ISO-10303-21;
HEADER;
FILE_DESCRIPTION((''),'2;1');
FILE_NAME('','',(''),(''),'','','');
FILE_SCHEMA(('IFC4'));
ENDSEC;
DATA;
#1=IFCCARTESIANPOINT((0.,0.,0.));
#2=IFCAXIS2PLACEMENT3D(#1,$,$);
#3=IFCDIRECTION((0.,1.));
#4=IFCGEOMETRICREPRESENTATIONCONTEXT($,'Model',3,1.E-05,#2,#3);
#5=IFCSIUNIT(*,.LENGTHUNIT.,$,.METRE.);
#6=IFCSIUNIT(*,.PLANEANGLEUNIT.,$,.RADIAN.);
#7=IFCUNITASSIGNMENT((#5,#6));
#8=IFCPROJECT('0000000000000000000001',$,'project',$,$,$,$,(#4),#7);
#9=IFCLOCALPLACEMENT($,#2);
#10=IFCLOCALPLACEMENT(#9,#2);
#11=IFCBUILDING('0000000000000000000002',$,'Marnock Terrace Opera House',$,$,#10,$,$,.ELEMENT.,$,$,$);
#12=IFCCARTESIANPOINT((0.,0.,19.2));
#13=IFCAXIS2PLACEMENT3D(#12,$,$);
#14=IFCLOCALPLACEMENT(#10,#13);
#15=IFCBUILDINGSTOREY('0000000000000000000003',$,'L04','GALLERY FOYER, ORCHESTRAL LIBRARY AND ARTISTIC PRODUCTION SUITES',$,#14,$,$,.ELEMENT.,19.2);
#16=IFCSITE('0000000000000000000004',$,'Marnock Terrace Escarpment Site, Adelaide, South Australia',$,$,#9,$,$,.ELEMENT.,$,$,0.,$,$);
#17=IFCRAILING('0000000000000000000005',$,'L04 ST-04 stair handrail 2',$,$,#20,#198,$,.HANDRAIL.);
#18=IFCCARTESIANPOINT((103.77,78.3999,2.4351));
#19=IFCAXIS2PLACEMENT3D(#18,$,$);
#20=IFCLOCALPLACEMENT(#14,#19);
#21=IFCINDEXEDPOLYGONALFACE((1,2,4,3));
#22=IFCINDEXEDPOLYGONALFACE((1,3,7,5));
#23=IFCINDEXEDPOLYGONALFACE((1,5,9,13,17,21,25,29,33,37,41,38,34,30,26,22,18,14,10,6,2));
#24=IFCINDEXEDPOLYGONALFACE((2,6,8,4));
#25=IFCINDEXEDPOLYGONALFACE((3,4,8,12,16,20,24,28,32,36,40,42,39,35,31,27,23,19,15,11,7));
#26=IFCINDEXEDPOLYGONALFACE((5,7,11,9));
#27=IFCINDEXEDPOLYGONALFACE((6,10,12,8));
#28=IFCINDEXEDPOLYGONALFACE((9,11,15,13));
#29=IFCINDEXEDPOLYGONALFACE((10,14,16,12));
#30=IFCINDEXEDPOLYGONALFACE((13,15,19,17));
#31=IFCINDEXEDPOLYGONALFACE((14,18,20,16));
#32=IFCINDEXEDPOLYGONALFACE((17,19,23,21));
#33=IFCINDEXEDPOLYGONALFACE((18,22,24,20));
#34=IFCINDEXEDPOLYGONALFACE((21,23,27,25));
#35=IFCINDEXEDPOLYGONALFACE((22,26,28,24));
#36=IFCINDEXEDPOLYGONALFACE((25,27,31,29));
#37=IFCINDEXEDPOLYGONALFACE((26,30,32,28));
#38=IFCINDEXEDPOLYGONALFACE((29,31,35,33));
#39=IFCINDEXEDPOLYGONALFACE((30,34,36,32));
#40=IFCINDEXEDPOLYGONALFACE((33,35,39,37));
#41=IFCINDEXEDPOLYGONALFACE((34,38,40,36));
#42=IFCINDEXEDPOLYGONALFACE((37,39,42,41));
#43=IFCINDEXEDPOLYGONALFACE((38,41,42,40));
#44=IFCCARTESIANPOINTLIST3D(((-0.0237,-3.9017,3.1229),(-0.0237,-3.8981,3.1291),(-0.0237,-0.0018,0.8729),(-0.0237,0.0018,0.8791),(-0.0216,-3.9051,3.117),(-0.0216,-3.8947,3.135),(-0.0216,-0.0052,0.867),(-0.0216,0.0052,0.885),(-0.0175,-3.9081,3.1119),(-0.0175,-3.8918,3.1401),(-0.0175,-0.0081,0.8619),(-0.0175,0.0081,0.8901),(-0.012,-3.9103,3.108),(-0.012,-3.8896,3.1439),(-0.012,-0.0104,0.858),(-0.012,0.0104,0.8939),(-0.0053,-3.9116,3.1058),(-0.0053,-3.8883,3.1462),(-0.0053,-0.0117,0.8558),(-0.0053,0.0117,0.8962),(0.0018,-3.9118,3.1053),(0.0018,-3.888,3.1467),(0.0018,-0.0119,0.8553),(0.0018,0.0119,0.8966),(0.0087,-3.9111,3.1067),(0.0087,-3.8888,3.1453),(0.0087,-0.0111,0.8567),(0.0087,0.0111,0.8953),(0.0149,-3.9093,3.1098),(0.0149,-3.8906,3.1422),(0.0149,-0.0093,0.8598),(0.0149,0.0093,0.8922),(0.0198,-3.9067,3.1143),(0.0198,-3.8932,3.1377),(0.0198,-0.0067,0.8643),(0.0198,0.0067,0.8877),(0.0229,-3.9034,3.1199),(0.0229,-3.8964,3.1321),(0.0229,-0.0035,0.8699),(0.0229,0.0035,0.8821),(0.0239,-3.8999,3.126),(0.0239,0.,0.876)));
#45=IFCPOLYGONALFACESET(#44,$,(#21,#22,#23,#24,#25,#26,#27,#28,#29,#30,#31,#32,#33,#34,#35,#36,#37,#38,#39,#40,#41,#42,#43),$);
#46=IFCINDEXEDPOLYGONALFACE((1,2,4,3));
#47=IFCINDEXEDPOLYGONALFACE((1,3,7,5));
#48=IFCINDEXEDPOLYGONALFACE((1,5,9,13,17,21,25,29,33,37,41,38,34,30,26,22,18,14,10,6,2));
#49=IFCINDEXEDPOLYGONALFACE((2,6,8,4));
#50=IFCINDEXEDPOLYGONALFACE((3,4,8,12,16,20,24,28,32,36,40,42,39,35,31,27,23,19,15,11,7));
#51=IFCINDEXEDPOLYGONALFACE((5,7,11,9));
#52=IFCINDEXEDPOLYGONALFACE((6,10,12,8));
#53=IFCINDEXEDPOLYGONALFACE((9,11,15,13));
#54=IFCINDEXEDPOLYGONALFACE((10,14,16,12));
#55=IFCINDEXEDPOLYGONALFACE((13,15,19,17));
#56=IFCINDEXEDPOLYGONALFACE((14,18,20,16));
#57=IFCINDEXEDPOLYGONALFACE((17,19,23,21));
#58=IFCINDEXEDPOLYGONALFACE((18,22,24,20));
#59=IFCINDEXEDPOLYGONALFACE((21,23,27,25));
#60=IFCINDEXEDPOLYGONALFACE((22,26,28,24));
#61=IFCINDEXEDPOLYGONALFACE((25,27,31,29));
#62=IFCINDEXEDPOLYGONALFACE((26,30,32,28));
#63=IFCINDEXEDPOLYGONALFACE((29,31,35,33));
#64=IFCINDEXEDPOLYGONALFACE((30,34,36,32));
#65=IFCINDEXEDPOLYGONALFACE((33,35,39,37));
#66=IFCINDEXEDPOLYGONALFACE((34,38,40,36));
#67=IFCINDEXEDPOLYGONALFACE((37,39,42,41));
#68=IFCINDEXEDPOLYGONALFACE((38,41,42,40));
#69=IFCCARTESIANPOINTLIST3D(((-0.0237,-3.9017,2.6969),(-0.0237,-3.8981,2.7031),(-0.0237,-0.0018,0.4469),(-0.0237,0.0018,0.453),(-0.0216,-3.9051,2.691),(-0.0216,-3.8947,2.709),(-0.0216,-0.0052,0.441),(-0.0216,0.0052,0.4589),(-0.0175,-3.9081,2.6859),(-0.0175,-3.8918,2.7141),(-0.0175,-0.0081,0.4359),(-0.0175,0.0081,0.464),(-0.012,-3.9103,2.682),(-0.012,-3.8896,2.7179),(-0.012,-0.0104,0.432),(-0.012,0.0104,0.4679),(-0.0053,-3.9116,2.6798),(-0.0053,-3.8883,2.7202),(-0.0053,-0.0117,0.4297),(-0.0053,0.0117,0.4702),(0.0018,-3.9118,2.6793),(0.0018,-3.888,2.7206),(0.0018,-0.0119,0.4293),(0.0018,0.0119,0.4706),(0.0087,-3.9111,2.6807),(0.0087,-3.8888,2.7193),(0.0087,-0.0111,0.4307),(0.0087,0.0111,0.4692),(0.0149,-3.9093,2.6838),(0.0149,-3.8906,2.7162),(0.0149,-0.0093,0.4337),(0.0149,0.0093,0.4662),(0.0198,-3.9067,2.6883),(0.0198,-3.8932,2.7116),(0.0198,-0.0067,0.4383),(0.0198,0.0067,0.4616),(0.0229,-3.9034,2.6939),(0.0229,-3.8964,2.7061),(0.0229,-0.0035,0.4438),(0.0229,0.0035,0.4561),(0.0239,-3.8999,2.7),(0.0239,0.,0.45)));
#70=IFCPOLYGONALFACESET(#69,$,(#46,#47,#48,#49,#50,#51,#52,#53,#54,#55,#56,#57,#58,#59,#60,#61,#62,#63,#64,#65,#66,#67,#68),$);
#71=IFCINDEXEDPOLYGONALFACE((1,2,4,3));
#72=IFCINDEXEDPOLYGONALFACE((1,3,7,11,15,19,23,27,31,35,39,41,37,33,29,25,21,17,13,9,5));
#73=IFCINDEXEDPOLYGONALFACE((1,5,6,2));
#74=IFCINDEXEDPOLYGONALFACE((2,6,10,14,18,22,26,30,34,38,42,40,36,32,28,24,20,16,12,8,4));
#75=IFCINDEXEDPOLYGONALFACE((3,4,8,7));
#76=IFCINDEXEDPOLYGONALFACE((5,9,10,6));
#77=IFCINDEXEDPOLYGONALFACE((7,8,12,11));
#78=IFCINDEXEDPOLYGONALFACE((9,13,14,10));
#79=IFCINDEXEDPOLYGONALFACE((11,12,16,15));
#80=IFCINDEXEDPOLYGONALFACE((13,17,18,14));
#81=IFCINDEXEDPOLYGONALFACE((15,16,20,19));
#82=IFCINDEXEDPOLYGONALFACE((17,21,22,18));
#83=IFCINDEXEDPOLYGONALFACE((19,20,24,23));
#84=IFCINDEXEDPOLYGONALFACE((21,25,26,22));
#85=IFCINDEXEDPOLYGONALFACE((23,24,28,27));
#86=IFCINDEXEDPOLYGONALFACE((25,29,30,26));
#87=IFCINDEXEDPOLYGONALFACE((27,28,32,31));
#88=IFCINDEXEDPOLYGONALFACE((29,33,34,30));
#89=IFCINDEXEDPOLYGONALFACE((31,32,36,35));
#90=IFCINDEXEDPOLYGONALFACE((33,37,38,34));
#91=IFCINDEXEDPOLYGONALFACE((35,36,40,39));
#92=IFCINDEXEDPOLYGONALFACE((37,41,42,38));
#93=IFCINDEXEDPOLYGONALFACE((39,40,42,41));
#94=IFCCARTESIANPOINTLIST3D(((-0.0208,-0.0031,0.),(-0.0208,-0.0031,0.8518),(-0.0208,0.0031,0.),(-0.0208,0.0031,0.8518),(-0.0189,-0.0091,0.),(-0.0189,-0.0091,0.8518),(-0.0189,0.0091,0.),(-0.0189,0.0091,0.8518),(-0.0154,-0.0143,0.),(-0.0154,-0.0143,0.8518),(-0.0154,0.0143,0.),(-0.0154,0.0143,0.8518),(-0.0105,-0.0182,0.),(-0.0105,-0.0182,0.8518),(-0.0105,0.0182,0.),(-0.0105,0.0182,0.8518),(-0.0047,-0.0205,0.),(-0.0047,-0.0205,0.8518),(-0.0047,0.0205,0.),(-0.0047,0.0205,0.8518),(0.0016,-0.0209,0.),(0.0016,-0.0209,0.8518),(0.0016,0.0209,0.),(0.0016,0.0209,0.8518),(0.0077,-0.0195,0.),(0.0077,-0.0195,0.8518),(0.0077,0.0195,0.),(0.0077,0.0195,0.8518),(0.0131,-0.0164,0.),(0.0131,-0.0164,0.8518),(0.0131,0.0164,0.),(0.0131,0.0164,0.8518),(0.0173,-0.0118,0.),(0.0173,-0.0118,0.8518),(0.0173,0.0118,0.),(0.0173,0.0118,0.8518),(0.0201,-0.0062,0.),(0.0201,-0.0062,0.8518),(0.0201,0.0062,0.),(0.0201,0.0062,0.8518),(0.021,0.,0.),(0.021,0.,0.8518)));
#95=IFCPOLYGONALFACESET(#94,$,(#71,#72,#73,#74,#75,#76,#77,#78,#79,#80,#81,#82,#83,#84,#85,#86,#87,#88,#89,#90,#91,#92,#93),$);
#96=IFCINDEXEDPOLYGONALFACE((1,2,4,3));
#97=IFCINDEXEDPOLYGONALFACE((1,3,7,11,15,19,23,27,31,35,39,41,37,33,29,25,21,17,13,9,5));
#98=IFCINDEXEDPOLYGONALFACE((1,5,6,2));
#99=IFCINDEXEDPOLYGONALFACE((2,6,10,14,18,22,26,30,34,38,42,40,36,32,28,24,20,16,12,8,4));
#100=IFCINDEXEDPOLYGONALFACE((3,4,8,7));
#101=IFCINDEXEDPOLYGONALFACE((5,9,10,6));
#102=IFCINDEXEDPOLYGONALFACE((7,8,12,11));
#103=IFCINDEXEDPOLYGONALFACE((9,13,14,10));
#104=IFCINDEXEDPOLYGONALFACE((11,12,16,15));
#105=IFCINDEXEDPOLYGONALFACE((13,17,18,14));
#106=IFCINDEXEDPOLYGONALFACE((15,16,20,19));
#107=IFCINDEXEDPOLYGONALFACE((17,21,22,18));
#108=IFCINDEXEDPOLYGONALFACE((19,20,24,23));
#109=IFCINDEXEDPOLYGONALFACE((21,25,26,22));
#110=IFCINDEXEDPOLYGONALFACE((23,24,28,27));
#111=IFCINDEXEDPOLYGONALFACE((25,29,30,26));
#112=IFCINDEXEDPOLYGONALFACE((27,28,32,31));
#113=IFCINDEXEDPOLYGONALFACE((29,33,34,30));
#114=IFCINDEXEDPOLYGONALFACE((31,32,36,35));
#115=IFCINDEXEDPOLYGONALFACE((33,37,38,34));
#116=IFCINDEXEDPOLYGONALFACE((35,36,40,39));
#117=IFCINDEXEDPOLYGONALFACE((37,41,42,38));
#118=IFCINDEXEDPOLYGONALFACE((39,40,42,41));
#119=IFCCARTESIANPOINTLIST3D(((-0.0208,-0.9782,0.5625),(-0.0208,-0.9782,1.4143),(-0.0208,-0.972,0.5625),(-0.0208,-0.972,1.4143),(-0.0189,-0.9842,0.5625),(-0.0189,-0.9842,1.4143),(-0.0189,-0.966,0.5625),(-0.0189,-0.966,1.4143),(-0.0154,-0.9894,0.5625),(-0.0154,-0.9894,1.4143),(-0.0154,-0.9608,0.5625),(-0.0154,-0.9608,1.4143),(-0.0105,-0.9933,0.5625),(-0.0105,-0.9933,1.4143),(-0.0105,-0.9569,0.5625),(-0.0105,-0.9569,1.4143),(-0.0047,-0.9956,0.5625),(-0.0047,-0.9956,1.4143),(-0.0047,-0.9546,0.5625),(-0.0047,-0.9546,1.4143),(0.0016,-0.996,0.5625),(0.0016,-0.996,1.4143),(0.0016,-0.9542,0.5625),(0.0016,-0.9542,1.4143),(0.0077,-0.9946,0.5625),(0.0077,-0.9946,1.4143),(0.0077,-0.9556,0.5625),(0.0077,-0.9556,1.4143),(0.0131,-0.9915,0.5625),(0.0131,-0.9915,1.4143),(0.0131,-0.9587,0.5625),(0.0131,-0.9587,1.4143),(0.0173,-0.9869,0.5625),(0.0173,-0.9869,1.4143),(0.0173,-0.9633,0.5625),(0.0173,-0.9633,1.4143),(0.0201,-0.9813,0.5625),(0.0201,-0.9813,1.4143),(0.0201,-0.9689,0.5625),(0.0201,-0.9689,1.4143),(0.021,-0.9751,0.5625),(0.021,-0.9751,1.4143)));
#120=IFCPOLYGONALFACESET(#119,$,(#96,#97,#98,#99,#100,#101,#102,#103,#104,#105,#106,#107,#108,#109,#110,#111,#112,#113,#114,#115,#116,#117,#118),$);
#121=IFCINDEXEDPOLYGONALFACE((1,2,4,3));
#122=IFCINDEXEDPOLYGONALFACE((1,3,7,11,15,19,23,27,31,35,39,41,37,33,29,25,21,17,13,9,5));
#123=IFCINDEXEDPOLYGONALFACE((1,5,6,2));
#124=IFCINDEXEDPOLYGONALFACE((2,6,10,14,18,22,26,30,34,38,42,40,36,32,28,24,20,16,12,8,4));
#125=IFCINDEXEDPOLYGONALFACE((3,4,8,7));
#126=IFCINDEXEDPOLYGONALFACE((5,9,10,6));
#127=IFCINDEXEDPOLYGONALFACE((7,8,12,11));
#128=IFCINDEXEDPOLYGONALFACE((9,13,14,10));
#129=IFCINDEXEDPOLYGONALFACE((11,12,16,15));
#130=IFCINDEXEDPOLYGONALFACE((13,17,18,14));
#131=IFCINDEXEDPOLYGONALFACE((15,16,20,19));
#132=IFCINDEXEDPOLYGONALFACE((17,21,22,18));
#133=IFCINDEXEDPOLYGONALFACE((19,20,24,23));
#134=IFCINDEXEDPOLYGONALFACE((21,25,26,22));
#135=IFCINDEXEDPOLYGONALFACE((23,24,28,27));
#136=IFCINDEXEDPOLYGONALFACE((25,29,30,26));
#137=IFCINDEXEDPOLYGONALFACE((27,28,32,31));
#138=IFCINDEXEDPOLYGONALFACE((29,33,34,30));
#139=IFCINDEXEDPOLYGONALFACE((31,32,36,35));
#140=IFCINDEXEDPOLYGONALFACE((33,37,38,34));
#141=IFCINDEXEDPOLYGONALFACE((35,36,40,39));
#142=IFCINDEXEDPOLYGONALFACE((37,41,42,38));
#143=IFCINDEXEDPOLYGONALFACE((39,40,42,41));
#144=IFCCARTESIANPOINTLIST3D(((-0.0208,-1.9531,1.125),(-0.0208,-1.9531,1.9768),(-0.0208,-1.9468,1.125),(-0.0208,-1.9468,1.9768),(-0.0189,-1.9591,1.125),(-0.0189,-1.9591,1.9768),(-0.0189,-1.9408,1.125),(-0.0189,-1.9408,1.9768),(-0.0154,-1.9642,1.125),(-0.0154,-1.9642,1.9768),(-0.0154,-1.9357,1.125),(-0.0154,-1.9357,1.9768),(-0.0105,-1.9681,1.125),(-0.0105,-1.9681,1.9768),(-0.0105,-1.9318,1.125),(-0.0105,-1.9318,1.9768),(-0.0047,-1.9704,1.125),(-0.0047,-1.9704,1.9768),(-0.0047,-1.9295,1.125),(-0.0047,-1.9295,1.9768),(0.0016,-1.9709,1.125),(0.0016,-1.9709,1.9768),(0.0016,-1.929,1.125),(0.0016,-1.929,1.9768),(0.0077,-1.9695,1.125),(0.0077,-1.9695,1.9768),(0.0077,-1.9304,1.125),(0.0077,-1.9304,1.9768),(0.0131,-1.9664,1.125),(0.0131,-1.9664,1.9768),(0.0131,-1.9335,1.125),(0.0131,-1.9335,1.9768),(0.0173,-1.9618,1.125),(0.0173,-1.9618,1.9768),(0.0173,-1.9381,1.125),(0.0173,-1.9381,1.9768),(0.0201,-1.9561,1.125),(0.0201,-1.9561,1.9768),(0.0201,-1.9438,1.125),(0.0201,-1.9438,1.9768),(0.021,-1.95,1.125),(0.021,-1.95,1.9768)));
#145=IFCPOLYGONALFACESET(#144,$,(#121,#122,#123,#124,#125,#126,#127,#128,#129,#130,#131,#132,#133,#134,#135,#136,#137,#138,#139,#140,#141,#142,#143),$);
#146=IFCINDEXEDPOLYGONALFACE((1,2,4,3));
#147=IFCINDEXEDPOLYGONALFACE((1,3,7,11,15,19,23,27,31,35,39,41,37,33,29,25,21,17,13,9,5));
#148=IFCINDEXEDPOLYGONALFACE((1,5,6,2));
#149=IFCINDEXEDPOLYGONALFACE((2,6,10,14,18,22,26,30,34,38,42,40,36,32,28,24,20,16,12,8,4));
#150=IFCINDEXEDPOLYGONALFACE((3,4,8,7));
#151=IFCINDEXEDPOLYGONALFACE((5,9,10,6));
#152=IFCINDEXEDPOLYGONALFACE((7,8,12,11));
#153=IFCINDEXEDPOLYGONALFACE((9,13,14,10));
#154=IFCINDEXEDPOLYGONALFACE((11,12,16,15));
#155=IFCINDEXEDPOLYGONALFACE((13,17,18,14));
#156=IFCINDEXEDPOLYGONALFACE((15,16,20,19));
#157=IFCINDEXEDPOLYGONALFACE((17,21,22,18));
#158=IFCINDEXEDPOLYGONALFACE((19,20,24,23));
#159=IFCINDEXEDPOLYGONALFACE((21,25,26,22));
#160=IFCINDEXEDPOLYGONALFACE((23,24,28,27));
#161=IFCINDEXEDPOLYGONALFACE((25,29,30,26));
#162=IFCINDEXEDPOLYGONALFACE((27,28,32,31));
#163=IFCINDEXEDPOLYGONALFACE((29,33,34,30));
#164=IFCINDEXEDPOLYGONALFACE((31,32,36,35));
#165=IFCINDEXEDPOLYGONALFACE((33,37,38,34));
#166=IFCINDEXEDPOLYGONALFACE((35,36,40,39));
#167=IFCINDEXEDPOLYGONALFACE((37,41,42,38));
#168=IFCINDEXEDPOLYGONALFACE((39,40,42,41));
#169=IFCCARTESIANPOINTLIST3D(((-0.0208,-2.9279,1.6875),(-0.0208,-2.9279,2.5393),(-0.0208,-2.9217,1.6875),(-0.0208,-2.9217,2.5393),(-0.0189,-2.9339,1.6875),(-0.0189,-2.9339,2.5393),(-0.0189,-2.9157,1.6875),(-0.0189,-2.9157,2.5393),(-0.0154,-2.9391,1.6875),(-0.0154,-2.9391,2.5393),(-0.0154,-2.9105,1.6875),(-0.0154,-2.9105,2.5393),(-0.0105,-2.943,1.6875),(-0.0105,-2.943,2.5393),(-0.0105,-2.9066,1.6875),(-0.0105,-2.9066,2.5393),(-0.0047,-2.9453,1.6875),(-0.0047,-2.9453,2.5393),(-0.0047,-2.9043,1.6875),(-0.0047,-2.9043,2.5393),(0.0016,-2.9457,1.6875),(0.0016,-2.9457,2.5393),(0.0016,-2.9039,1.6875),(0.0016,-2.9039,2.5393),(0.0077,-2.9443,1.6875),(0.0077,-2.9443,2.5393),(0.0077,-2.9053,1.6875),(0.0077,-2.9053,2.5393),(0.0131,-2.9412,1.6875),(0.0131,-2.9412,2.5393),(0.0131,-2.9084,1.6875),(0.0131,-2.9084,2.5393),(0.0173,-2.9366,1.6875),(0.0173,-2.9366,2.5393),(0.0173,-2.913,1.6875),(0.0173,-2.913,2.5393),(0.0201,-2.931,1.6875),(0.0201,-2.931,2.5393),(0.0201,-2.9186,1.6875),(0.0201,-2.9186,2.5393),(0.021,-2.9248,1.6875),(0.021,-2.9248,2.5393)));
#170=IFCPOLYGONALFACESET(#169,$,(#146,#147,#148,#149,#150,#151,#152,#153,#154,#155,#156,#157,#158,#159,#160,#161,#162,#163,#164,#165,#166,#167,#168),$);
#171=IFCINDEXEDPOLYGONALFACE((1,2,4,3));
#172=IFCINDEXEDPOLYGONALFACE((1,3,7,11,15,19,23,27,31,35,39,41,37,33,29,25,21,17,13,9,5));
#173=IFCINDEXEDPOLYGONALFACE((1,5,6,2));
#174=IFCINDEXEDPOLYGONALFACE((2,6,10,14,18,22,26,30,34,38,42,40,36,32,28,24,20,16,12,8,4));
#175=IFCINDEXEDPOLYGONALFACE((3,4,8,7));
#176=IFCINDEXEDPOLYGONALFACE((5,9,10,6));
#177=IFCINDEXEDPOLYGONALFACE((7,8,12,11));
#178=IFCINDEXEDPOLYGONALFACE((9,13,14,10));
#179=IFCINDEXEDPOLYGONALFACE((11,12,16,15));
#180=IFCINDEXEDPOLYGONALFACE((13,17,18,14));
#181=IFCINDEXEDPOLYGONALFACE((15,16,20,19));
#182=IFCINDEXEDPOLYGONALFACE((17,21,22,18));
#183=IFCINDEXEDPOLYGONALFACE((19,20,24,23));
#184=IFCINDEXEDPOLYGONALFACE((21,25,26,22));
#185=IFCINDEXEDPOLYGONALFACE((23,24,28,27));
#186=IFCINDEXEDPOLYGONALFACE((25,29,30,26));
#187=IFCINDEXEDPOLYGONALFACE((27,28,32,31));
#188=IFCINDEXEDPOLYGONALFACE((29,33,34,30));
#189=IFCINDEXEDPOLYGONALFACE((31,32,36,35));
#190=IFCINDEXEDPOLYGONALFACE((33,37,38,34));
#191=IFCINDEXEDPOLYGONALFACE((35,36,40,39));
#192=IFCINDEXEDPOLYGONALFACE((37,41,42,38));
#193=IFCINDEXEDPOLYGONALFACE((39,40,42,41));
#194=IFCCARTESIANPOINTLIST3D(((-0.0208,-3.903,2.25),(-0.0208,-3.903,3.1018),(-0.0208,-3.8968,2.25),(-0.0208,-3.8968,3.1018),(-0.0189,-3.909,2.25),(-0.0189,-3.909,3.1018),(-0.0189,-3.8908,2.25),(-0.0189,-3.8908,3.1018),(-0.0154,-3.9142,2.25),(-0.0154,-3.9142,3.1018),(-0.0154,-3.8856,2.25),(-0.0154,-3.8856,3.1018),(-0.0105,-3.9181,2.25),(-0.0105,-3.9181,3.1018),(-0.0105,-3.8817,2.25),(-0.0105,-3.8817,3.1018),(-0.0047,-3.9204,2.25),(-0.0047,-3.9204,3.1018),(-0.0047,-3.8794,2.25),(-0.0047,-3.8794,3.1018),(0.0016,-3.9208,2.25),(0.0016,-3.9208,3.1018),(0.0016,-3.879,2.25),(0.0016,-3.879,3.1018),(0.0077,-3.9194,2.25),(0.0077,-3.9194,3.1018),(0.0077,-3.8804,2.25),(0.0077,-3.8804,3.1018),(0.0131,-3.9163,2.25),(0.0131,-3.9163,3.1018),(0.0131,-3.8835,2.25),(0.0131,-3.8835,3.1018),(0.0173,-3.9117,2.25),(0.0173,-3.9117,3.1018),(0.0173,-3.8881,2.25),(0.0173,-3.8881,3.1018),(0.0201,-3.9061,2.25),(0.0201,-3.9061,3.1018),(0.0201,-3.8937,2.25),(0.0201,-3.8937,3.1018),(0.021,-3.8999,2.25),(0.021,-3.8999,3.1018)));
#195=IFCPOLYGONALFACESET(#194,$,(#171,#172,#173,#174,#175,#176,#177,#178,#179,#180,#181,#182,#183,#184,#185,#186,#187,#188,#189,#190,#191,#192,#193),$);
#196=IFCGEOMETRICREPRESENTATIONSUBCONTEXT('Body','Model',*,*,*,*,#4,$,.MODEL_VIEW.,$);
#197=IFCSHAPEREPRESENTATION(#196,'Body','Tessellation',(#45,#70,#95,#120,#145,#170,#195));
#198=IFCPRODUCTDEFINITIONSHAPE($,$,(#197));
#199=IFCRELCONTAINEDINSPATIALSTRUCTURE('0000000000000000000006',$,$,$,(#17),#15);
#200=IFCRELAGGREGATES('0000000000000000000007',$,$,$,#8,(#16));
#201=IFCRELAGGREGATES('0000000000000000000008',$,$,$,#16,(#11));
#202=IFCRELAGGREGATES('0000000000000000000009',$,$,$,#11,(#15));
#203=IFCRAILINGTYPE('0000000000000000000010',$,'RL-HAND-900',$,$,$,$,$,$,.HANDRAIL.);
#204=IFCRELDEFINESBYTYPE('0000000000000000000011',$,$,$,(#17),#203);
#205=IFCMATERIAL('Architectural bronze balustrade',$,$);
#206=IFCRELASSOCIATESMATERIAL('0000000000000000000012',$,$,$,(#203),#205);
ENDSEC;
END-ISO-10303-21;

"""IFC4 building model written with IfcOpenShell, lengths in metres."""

from ifc_helpers import new_model, si_unit, direction, frame, origin, origin_2d, place, context, subcontext, project, spatial, circle, extrude, material, type_object, element, save


model = new_model("IFC4")

# Units and contexts
model_context = context("Model", 3, precision=1e-05, world=origin(), true_north=direction((0.0, 1.0)))
body_context = subcontext(model_context, "Body", "Model", "MODEL_VIEW")
ifc_project = project(units=[si_unit("LENGTHUNIT", "METRE"), si_unit("PLANEANGLEUNIT", "RADIAN")], contexts=[model_context])

# Site, building, storey
site_placement = place(None, origin())
site = spatial("IfcSite", under=ifc_project, at=site_placement, Name="Marnock Terrace Escarpment Site, Adelaide, South Australia", CompositionType="ELEMENT", RefElevation=0.0)
building_placement = place(site_placement, origin())
building = spatial("IfcBuilding", under=site, at=building_placement, Name="Marnock Terrace Opera House", CompositionType="ELEMENT")
storey_placement = place(building_placement, frame((0.0, 0.0, 19.2)))
storey = spatial("IfcBuildingStorey", under=building, at=storey_placement, Name="L04", Description="GALLERY FOYER, ORCHESTRAL LIBRARY AND ARTISTIC PRODUCTION SUITES", CompositionType="ELEMENT", Elevation=19.2)

# Railing
ifc_material_1 = material(Name="Architectural bronze balustrade")
railing_type_1 = type_object("IfcRailingType", Name="RL-HAND-900", PredefinedType="HANDRAIL", material=ifc_material_1)
railing_1_placement = place(storey_placement, frame((103.77, 78.3999, 2.4351)))
element("IfcRailing", 1, at=railing_1_placement, inside=storey, type_object=railing_type_1, Name="L04 ST-04 stair handrail 2", PredefinedType="HANDRAIL", context=body_context, shape_type="SweptSolid", body=[
    extrude(circle(Radius=0.0239, at=origin_2d()), frame((0.0, 0.0, 0.876), z_axis=(0.0, -0.86618, 0.499732), x_axis=(1.0, 0.0, 0.0)), (0.0, 0.0, 1.0), 4.5024),
    extrude(circle(Radius=0.0239, at=origin_2d()), frame((0.0, 0.0, 0.45), z_axis=(0.0, -0.86618, 0.499732), x_axis=(1.0, 0.0, 0.0)), (0.0, 0.0, 1.0), 4.5024),
    extrude(circle(Radius=0.021, at=origin_2d()), origin(), (0.0, 0.0, 1.0), 0.8518),
    extrude(circle(Radius=0.021, at=origin_2d()), frame((0.0, -0.9751, 0.5625)), (0.0, 0.0, 1.0), 0.8518),
    extrude(circle(Radius=0.021, at=origin_2d()), frame((0.0, -1.95, 1.125)), (0.0, 0.0, 1.0), 0.8518),
    extrude(circle(Radius=0.021, at=origin_2d()), frame((0.0, -2.9248, 1.6875)), (0.0, 0.0, 1.0), 0.8518),
    extrude(circle(Radius=0.021, at=origin_2d()), frame((0.0, -3.8999, 2.25)), (0.0, 0.0, 1.0), 0.8518),
])

save(model, "model.ifc")
